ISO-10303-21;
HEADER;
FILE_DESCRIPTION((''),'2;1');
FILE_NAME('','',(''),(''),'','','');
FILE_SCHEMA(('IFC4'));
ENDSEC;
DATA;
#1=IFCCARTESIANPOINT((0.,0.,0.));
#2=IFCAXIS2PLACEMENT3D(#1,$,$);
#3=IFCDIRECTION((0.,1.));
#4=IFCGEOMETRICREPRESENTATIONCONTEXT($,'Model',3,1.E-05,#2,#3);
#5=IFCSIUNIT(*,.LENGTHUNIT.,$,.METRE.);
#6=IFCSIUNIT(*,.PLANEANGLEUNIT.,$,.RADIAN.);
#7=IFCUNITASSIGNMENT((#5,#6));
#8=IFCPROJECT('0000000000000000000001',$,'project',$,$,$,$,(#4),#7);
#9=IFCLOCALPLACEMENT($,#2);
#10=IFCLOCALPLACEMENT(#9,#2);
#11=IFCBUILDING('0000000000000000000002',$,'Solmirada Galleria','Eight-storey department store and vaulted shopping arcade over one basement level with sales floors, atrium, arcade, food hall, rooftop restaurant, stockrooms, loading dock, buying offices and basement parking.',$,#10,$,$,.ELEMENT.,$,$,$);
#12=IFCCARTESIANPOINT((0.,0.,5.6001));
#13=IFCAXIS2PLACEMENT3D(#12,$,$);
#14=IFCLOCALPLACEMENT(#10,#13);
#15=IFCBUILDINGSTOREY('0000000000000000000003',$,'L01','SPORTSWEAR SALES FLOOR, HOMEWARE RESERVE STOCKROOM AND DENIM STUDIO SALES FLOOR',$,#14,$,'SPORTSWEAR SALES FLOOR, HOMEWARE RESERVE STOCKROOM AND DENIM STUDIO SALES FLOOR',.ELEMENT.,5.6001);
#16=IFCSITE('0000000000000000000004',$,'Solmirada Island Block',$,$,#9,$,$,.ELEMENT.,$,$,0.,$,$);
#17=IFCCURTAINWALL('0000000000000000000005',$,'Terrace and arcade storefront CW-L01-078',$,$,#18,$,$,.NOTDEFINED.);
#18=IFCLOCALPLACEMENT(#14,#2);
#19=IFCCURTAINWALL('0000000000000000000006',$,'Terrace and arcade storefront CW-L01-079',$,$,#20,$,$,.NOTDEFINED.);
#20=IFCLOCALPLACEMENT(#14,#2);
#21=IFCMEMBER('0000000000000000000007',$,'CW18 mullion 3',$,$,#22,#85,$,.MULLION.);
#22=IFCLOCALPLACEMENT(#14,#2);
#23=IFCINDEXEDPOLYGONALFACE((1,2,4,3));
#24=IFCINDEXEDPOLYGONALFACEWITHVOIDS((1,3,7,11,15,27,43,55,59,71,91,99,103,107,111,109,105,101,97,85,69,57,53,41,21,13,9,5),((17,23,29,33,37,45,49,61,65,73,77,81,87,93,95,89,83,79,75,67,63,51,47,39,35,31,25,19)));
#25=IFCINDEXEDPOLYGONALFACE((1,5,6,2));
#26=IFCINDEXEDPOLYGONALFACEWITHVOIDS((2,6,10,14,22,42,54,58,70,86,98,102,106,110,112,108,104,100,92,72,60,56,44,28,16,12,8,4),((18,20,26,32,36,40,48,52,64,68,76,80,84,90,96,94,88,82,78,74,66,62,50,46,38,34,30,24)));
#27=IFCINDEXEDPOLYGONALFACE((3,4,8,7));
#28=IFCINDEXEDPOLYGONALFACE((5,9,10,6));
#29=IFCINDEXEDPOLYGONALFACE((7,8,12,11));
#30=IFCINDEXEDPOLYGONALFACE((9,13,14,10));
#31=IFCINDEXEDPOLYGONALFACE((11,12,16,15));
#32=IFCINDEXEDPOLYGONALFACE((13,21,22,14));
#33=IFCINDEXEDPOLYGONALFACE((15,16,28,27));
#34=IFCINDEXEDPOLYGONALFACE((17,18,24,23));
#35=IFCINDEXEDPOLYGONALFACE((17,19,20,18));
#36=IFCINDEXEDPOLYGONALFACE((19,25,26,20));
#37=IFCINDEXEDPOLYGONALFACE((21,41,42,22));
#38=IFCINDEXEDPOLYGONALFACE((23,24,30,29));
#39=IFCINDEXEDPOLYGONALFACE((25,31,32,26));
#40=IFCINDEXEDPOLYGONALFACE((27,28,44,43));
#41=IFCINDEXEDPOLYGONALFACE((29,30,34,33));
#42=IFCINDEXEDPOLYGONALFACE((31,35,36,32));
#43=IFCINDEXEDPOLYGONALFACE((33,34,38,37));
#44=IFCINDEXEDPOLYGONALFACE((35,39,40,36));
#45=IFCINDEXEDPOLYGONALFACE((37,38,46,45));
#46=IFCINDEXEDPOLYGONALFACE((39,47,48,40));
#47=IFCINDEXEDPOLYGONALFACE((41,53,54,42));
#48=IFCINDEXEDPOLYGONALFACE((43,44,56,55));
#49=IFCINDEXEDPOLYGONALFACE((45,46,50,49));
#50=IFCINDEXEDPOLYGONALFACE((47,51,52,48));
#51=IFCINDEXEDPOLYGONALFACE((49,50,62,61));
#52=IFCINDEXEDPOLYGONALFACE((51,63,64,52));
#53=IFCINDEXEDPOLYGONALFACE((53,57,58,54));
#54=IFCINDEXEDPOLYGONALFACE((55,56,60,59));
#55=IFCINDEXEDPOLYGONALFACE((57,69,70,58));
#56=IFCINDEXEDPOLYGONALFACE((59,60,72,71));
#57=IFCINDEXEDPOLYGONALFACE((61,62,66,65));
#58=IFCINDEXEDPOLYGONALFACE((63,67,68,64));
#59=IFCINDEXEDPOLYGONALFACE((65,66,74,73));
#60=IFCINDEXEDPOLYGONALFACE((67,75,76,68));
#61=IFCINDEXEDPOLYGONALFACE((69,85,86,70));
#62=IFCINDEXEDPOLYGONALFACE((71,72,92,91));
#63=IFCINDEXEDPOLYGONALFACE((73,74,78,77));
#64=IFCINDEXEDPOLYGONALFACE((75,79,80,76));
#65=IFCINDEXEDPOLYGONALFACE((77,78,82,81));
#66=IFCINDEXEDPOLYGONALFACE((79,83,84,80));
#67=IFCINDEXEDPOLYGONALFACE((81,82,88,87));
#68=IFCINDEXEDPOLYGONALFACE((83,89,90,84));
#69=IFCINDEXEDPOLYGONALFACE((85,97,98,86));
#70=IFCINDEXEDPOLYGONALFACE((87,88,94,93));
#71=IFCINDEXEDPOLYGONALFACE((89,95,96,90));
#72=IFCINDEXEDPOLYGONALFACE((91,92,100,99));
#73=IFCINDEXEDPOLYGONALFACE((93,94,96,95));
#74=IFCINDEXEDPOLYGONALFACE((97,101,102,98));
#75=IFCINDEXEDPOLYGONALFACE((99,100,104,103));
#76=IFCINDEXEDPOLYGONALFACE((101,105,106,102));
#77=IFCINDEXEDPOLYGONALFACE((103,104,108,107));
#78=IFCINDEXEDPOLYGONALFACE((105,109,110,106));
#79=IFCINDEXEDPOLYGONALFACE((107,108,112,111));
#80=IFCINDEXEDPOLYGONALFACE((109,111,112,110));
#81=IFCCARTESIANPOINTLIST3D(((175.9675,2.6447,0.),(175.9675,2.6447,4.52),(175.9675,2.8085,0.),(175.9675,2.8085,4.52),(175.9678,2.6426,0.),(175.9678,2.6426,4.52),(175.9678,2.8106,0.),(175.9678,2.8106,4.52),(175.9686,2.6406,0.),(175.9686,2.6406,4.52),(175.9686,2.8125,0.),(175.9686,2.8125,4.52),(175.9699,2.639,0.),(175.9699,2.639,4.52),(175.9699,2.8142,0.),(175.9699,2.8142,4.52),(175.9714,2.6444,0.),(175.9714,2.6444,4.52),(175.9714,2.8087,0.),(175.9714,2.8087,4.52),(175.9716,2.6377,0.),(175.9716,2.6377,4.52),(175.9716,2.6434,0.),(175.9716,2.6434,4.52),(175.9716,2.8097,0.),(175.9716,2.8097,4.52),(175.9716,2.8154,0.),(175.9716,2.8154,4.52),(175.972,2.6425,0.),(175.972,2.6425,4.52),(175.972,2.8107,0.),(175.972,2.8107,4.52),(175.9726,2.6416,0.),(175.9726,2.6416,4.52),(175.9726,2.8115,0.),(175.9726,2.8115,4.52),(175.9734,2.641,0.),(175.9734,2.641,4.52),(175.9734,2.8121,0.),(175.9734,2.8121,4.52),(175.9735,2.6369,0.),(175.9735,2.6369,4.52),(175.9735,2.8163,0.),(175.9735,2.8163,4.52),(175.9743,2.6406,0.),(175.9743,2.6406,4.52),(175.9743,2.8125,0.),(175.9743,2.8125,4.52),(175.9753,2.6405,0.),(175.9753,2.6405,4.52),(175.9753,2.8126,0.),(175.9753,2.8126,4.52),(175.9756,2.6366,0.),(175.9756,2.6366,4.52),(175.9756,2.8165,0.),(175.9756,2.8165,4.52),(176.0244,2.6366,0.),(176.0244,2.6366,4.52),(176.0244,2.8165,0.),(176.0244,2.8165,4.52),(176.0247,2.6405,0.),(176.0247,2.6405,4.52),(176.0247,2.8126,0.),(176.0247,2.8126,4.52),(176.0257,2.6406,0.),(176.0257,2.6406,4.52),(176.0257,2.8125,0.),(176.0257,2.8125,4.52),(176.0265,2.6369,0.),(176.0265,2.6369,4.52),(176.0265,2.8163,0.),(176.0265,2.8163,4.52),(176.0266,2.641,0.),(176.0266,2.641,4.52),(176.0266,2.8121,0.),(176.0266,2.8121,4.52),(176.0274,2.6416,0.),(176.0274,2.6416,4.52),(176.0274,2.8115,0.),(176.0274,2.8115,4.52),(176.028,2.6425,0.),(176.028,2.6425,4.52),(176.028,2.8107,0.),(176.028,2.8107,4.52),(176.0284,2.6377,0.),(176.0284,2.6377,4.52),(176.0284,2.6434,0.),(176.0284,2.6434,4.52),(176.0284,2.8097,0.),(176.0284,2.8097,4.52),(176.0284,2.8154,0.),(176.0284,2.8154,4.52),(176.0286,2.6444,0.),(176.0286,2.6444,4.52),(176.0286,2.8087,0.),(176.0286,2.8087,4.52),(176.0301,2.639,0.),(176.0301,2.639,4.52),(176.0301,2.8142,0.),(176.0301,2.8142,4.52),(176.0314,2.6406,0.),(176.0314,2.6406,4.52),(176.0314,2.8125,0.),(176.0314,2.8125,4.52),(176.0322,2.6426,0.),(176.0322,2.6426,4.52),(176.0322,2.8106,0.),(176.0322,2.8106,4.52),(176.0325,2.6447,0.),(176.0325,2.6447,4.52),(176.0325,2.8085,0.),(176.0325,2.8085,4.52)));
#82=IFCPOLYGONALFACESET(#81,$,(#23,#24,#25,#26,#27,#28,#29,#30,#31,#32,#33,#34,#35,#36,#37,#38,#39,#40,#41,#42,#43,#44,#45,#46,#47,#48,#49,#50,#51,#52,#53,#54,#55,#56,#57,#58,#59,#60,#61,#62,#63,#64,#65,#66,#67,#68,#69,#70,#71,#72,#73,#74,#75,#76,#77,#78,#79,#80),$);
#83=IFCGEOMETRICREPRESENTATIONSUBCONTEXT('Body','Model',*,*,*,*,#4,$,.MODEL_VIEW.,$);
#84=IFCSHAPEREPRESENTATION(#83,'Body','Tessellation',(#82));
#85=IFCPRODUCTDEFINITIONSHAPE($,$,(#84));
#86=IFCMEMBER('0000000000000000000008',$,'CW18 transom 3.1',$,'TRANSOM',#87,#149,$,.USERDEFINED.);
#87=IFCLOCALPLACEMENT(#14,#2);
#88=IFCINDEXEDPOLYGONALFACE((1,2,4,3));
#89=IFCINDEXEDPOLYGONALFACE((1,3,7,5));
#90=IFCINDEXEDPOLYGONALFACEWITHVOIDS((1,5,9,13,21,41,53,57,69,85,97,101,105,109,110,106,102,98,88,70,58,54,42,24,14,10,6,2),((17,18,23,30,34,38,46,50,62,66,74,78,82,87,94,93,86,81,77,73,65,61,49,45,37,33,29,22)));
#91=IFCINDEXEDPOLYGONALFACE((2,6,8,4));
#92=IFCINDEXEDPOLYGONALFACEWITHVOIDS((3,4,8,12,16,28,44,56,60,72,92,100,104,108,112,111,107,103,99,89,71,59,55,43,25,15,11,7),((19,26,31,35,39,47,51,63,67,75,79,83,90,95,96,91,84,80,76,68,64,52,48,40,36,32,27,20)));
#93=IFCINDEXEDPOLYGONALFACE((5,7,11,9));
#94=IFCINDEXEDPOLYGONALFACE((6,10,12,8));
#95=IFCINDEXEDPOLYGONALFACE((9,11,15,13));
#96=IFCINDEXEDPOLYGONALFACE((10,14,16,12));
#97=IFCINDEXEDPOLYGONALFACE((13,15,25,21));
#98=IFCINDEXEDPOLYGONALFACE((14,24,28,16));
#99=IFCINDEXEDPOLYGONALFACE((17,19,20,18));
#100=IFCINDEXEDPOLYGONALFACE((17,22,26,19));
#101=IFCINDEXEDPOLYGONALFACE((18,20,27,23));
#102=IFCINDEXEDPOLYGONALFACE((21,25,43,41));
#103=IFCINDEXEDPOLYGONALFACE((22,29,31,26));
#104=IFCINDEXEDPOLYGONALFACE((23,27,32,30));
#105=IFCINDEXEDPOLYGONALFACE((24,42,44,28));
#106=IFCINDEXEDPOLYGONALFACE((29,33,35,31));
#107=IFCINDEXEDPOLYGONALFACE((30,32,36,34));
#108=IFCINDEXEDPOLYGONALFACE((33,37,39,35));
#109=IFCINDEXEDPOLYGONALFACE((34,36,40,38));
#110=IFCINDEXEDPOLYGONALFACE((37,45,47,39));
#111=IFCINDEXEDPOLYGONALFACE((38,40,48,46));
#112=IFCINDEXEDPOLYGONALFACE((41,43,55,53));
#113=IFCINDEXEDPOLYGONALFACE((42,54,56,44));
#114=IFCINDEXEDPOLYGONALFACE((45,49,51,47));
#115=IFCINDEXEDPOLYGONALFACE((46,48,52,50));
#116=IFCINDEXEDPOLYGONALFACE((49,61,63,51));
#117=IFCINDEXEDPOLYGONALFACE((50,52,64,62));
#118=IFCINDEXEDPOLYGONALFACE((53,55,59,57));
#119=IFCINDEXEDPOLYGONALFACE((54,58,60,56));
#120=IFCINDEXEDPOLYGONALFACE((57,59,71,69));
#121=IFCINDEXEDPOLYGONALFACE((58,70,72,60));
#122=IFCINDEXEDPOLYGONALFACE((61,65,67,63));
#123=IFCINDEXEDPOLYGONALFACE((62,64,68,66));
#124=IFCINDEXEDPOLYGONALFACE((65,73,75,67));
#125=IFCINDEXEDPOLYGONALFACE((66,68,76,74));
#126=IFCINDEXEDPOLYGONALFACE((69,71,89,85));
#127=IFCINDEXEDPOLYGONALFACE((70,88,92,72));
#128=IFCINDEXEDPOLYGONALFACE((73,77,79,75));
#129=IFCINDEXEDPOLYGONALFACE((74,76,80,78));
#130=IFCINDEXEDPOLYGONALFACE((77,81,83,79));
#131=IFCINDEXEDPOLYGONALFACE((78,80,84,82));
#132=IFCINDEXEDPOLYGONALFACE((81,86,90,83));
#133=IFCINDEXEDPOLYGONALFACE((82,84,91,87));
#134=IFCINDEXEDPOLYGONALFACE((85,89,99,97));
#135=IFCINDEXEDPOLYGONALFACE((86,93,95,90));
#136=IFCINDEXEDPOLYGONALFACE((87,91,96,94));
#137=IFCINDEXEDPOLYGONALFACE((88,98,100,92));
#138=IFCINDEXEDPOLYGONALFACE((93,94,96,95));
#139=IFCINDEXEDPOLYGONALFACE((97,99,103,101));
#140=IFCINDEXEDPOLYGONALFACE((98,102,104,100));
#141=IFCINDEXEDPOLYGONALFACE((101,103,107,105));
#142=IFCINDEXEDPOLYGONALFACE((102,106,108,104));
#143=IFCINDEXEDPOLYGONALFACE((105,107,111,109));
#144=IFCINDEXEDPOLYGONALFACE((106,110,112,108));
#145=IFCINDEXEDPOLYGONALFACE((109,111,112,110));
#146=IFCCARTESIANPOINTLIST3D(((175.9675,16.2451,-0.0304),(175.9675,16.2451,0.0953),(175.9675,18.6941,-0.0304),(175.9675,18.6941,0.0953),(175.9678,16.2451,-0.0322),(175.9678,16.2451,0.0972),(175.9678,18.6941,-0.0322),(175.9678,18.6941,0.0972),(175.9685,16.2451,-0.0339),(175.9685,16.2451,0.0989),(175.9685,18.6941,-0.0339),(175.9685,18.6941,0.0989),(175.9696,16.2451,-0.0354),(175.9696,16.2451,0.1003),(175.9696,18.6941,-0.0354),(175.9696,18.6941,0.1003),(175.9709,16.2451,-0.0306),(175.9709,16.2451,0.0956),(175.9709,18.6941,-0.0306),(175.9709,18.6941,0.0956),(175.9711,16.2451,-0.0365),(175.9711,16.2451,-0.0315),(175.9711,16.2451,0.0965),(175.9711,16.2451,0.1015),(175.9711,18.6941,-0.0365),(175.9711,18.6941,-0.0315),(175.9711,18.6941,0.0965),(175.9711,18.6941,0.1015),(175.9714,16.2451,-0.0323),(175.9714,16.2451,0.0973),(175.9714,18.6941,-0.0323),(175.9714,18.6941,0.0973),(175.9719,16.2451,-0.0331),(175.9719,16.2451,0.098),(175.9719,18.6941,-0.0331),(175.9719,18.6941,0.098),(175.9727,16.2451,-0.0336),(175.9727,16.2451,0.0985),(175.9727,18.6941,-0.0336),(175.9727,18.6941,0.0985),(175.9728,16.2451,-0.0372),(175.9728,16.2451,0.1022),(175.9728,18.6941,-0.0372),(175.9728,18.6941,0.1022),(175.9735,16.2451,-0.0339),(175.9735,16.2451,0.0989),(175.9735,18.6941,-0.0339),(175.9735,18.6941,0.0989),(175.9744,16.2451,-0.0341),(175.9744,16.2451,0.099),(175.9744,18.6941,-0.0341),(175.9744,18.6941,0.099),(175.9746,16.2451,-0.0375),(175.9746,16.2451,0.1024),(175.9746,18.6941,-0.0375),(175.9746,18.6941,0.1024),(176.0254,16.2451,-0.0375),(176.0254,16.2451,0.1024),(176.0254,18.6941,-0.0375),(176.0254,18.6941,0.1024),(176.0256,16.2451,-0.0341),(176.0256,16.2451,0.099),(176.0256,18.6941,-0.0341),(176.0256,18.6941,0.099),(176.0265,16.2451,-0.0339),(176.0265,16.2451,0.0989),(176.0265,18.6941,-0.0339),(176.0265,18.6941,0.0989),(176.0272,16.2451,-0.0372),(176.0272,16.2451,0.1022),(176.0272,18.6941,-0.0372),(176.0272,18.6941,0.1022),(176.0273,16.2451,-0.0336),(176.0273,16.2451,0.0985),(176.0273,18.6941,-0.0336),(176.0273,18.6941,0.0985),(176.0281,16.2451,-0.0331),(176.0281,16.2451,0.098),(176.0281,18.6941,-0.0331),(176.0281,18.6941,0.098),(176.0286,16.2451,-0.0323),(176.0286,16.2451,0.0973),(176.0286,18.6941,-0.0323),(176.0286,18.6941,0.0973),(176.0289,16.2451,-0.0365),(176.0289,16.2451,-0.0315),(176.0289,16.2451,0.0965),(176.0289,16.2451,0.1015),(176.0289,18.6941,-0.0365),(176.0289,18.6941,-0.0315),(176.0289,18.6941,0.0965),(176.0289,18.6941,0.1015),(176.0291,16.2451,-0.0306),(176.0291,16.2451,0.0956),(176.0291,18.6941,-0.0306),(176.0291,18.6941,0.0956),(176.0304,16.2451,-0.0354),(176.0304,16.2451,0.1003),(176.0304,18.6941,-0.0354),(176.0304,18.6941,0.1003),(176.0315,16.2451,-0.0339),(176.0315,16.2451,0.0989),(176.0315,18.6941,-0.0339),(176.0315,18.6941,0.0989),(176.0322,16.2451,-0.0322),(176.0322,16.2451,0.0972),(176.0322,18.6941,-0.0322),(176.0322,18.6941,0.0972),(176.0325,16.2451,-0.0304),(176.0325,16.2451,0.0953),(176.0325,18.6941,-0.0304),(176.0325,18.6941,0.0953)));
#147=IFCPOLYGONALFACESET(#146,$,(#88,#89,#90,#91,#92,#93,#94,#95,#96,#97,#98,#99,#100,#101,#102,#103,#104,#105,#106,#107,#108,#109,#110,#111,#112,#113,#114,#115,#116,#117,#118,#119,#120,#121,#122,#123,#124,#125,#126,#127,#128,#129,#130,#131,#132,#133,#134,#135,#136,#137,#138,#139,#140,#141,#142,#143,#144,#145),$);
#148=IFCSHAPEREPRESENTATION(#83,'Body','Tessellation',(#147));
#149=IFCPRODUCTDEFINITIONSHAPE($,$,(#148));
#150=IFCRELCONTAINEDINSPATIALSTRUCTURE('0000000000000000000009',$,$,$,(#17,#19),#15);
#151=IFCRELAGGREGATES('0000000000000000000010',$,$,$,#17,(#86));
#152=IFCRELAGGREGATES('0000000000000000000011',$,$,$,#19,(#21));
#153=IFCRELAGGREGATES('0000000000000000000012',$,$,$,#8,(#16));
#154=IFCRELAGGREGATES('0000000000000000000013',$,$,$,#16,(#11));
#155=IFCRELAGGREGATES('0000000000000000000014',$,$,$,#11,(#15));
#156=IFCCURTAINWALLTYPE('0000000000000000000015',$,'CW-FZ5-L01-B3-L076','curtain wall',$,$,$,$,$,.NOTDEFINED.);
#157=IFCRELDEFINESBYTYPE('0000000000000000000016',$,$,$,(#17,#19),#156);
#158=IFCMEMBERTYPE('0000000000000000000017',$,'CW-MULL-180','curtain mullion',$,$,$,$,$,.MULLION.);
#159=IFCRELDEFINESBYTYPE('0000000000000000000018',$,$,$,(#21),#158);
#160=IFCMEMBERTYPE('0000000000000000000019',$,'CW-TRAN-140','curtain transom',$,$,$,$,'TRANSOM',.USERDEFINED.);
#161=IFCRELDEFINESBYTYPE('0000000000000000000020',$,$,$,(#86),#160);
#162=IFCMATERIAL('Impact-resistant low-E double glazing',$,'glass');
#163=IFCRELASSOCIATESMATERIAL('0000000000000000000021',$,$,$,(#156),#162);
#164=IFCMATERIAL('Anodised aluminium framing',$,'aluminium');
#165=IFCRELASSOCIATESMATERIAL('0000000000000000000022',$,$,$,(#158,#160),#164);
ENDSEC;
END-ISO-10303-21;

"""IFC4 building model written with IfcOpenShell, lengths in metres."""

from ifc_helpers import new_model, si_unit, direction, frame, origin, origin_2d, place, context, subcontext, project, spatial, hollow_rectangle, extrude, material, material_profile, profile_set, type_object, element, aggregate, save


model = new_model("IFC4")

# Units and contexts
model_context = context("Model", 3, precision=1e-05, world=origin(), true_north=direction((0.0, 1.0)))
body_context = subcontext(model_context, "Body", "Model", "MODEL_VIEW")
ifc_project = project(units=[si_unit("LENGTHUNIT", "METRE"), si_unit("PLANEANGLEUNIT", "RADIAN")], contexts=[model_context])

# Site, building, storey
site_placement = place(None, origin())
site = spatial("IfcSite", under=ifc_project, at=site_placement, Name="Solmirada Island Block", CompositionType="ELEMENT", RefElevation=0.0)
building_placement = place(site_placement, origin())
building = spatial("IfcBuilding", under=site, at=building_placement, Name="Solmirada Galleria", Description="Eight-storey department store and vaulted shopping arcade over one basement level with sales floors, atrium, arcade, food hall, rooftop restaurant, stockrooms, loading dock, buying offices and basement parking.", CompositionType="ELEMENT")
storey_placement = place(building_placement, frame((0.0, 0.0, 5.6001)))
storey = spatial("IfcBuildingStorey", under=building, at=storey_placement, Name="L01", Description="SPORTSWEAR SALES FLOOR, HOMEWARE RESERVE STOCKROOM AND DENIM STUDIO SALES FLOOR", LongName="SPORTSWEAR SALES FLOOR, HOMEWARE RESERVE STOCKROOM AND DENIM STUDIO SALES FLOOR", CompositionType="ELEMENT", Elevation=5.6001)

# Curtain walls, member
ifc_material_1 = material(Name="Impact-resistant low-E double glazing", Category="glass")
curtain_wall_type = type_object("IfcCurtainWallType", Name="CW-FZ5-L01-B3-L076", Description="curtain wall", PredefinedType="NOTDEFINED", material=ifc_material_1)
curtain_wall_1_placement = place(storey_placement, origin())
curtain_wall_1 = element("IfcCurtainWall", 1, at=curtain_wall_1_placement, inside=storey, type_object=curtain_wall_type, Name="Terrace and arcade storefront CW-L01-078", PredefinedType="NOTDEFINED")
ifc_material_2 = material(Name="Anodised aluminium framing", Category="aluminium")
ifc_material_profile_1 = material_profile(ifc_material_2, hollow_rectangle(XDim=0.0649, YDim=0.1799, WallThickness=0.0039, InnerFilletRadius=0.0039, OuterFilletRadius=0.0081, at=origin_2d()), Name="ALU-MULL-180X65")
ifc_profile_set_1 = profile_set([ifc_material_profile_1], Name="Anodised aluminium framing")
member_type_1 = type_object("IfcMemberType", Name="CW-MULL-180", Description="curtain mullion", PredefinedType="MULLION", material=ifc_profile_set_1)
curtain_wall_2_placement = place(storey_placement, origin())
curtain_wall_2 = element("IfcCurtainWall", 2, at=curtain_wall_2_placement, inside=storey, type_object=curtain_wall_type, Name="Terrace and arcade storefront CW-L01-079", PredefinedType="NOTDEFINED")
member_1_placement = place(storey_placement, frame((176.0, 2.7266, 0.0), z_axis=(0.0, 0.0, 1.0), x_axis=(1.0, 0.0, 0.0)))
member_1 = element("IfcMember", 3, at=member_1_placement, type_object=member_type_1, Name="CW18 mullion 3", PredefinedType="MULLION", context=body_context, shape_type="SweptSolid", body=[
    extrude(hollow_rectangle(XDim=0.0649, YDim=0.1799, WallThickness=0.0039, InnerFilletRadius=0.0039, OuterFilletRadius=0.0081, at=origin_2d()), origin(), (0.0, 0.0, 1.0), 4.52),
])

# Member
ifc_material_profile_2 = material_profile(ifc_material_2, hollow_rectangle(XDim=0.0649, YDim=0.1399, WallThickness=0.0034, InnerFilletRadius=0.0034, OuterFilletRadius=0.0071, at=origin_2d()), Name="ALU-TRAN-140X65")
ifc_profile_set_2 = profile_set([ifc_material_profile_2], Name="Anodised aluminium framing")
member_type_2 = type_object("IfcMemberType", Name="CW-TRAN-140", Description="curtain transom", ElementType="TRANSOM", PredefinedType="USERDEFINED", material=ifc_profile_set_2)
member_2_placement = place(storey_placement, frame((176.0, 18.6941, 0.0325), z_axis=(0.0, -1.0, 0.0), x_axis=(1.0, 0.0, 0.0)))
member_2 = element("IfcMember", 4, at=member_2_placement, type_object=member_type_2, Name="CW18 transom 3.1", ObjectType="TRANSOM", PredefinedType="USERDEFINED", context=body_context, shape_type="SweptSolid", body=[
    extrude(hollow_rectangle(XDim=0.0649, YDim=0.1399, WallThickness=0.0034, InnerFilletRadius=0.0034, OuterFilletRadius=0.0071, at=origin_2d()), origin(), (0.0, 0.0, 1.0), 2.449),
])

aggregate(curtain_wall_1, [member_2])
aggregate(curtain_wall_2, [member_1])

save(model, "model.ifc")
